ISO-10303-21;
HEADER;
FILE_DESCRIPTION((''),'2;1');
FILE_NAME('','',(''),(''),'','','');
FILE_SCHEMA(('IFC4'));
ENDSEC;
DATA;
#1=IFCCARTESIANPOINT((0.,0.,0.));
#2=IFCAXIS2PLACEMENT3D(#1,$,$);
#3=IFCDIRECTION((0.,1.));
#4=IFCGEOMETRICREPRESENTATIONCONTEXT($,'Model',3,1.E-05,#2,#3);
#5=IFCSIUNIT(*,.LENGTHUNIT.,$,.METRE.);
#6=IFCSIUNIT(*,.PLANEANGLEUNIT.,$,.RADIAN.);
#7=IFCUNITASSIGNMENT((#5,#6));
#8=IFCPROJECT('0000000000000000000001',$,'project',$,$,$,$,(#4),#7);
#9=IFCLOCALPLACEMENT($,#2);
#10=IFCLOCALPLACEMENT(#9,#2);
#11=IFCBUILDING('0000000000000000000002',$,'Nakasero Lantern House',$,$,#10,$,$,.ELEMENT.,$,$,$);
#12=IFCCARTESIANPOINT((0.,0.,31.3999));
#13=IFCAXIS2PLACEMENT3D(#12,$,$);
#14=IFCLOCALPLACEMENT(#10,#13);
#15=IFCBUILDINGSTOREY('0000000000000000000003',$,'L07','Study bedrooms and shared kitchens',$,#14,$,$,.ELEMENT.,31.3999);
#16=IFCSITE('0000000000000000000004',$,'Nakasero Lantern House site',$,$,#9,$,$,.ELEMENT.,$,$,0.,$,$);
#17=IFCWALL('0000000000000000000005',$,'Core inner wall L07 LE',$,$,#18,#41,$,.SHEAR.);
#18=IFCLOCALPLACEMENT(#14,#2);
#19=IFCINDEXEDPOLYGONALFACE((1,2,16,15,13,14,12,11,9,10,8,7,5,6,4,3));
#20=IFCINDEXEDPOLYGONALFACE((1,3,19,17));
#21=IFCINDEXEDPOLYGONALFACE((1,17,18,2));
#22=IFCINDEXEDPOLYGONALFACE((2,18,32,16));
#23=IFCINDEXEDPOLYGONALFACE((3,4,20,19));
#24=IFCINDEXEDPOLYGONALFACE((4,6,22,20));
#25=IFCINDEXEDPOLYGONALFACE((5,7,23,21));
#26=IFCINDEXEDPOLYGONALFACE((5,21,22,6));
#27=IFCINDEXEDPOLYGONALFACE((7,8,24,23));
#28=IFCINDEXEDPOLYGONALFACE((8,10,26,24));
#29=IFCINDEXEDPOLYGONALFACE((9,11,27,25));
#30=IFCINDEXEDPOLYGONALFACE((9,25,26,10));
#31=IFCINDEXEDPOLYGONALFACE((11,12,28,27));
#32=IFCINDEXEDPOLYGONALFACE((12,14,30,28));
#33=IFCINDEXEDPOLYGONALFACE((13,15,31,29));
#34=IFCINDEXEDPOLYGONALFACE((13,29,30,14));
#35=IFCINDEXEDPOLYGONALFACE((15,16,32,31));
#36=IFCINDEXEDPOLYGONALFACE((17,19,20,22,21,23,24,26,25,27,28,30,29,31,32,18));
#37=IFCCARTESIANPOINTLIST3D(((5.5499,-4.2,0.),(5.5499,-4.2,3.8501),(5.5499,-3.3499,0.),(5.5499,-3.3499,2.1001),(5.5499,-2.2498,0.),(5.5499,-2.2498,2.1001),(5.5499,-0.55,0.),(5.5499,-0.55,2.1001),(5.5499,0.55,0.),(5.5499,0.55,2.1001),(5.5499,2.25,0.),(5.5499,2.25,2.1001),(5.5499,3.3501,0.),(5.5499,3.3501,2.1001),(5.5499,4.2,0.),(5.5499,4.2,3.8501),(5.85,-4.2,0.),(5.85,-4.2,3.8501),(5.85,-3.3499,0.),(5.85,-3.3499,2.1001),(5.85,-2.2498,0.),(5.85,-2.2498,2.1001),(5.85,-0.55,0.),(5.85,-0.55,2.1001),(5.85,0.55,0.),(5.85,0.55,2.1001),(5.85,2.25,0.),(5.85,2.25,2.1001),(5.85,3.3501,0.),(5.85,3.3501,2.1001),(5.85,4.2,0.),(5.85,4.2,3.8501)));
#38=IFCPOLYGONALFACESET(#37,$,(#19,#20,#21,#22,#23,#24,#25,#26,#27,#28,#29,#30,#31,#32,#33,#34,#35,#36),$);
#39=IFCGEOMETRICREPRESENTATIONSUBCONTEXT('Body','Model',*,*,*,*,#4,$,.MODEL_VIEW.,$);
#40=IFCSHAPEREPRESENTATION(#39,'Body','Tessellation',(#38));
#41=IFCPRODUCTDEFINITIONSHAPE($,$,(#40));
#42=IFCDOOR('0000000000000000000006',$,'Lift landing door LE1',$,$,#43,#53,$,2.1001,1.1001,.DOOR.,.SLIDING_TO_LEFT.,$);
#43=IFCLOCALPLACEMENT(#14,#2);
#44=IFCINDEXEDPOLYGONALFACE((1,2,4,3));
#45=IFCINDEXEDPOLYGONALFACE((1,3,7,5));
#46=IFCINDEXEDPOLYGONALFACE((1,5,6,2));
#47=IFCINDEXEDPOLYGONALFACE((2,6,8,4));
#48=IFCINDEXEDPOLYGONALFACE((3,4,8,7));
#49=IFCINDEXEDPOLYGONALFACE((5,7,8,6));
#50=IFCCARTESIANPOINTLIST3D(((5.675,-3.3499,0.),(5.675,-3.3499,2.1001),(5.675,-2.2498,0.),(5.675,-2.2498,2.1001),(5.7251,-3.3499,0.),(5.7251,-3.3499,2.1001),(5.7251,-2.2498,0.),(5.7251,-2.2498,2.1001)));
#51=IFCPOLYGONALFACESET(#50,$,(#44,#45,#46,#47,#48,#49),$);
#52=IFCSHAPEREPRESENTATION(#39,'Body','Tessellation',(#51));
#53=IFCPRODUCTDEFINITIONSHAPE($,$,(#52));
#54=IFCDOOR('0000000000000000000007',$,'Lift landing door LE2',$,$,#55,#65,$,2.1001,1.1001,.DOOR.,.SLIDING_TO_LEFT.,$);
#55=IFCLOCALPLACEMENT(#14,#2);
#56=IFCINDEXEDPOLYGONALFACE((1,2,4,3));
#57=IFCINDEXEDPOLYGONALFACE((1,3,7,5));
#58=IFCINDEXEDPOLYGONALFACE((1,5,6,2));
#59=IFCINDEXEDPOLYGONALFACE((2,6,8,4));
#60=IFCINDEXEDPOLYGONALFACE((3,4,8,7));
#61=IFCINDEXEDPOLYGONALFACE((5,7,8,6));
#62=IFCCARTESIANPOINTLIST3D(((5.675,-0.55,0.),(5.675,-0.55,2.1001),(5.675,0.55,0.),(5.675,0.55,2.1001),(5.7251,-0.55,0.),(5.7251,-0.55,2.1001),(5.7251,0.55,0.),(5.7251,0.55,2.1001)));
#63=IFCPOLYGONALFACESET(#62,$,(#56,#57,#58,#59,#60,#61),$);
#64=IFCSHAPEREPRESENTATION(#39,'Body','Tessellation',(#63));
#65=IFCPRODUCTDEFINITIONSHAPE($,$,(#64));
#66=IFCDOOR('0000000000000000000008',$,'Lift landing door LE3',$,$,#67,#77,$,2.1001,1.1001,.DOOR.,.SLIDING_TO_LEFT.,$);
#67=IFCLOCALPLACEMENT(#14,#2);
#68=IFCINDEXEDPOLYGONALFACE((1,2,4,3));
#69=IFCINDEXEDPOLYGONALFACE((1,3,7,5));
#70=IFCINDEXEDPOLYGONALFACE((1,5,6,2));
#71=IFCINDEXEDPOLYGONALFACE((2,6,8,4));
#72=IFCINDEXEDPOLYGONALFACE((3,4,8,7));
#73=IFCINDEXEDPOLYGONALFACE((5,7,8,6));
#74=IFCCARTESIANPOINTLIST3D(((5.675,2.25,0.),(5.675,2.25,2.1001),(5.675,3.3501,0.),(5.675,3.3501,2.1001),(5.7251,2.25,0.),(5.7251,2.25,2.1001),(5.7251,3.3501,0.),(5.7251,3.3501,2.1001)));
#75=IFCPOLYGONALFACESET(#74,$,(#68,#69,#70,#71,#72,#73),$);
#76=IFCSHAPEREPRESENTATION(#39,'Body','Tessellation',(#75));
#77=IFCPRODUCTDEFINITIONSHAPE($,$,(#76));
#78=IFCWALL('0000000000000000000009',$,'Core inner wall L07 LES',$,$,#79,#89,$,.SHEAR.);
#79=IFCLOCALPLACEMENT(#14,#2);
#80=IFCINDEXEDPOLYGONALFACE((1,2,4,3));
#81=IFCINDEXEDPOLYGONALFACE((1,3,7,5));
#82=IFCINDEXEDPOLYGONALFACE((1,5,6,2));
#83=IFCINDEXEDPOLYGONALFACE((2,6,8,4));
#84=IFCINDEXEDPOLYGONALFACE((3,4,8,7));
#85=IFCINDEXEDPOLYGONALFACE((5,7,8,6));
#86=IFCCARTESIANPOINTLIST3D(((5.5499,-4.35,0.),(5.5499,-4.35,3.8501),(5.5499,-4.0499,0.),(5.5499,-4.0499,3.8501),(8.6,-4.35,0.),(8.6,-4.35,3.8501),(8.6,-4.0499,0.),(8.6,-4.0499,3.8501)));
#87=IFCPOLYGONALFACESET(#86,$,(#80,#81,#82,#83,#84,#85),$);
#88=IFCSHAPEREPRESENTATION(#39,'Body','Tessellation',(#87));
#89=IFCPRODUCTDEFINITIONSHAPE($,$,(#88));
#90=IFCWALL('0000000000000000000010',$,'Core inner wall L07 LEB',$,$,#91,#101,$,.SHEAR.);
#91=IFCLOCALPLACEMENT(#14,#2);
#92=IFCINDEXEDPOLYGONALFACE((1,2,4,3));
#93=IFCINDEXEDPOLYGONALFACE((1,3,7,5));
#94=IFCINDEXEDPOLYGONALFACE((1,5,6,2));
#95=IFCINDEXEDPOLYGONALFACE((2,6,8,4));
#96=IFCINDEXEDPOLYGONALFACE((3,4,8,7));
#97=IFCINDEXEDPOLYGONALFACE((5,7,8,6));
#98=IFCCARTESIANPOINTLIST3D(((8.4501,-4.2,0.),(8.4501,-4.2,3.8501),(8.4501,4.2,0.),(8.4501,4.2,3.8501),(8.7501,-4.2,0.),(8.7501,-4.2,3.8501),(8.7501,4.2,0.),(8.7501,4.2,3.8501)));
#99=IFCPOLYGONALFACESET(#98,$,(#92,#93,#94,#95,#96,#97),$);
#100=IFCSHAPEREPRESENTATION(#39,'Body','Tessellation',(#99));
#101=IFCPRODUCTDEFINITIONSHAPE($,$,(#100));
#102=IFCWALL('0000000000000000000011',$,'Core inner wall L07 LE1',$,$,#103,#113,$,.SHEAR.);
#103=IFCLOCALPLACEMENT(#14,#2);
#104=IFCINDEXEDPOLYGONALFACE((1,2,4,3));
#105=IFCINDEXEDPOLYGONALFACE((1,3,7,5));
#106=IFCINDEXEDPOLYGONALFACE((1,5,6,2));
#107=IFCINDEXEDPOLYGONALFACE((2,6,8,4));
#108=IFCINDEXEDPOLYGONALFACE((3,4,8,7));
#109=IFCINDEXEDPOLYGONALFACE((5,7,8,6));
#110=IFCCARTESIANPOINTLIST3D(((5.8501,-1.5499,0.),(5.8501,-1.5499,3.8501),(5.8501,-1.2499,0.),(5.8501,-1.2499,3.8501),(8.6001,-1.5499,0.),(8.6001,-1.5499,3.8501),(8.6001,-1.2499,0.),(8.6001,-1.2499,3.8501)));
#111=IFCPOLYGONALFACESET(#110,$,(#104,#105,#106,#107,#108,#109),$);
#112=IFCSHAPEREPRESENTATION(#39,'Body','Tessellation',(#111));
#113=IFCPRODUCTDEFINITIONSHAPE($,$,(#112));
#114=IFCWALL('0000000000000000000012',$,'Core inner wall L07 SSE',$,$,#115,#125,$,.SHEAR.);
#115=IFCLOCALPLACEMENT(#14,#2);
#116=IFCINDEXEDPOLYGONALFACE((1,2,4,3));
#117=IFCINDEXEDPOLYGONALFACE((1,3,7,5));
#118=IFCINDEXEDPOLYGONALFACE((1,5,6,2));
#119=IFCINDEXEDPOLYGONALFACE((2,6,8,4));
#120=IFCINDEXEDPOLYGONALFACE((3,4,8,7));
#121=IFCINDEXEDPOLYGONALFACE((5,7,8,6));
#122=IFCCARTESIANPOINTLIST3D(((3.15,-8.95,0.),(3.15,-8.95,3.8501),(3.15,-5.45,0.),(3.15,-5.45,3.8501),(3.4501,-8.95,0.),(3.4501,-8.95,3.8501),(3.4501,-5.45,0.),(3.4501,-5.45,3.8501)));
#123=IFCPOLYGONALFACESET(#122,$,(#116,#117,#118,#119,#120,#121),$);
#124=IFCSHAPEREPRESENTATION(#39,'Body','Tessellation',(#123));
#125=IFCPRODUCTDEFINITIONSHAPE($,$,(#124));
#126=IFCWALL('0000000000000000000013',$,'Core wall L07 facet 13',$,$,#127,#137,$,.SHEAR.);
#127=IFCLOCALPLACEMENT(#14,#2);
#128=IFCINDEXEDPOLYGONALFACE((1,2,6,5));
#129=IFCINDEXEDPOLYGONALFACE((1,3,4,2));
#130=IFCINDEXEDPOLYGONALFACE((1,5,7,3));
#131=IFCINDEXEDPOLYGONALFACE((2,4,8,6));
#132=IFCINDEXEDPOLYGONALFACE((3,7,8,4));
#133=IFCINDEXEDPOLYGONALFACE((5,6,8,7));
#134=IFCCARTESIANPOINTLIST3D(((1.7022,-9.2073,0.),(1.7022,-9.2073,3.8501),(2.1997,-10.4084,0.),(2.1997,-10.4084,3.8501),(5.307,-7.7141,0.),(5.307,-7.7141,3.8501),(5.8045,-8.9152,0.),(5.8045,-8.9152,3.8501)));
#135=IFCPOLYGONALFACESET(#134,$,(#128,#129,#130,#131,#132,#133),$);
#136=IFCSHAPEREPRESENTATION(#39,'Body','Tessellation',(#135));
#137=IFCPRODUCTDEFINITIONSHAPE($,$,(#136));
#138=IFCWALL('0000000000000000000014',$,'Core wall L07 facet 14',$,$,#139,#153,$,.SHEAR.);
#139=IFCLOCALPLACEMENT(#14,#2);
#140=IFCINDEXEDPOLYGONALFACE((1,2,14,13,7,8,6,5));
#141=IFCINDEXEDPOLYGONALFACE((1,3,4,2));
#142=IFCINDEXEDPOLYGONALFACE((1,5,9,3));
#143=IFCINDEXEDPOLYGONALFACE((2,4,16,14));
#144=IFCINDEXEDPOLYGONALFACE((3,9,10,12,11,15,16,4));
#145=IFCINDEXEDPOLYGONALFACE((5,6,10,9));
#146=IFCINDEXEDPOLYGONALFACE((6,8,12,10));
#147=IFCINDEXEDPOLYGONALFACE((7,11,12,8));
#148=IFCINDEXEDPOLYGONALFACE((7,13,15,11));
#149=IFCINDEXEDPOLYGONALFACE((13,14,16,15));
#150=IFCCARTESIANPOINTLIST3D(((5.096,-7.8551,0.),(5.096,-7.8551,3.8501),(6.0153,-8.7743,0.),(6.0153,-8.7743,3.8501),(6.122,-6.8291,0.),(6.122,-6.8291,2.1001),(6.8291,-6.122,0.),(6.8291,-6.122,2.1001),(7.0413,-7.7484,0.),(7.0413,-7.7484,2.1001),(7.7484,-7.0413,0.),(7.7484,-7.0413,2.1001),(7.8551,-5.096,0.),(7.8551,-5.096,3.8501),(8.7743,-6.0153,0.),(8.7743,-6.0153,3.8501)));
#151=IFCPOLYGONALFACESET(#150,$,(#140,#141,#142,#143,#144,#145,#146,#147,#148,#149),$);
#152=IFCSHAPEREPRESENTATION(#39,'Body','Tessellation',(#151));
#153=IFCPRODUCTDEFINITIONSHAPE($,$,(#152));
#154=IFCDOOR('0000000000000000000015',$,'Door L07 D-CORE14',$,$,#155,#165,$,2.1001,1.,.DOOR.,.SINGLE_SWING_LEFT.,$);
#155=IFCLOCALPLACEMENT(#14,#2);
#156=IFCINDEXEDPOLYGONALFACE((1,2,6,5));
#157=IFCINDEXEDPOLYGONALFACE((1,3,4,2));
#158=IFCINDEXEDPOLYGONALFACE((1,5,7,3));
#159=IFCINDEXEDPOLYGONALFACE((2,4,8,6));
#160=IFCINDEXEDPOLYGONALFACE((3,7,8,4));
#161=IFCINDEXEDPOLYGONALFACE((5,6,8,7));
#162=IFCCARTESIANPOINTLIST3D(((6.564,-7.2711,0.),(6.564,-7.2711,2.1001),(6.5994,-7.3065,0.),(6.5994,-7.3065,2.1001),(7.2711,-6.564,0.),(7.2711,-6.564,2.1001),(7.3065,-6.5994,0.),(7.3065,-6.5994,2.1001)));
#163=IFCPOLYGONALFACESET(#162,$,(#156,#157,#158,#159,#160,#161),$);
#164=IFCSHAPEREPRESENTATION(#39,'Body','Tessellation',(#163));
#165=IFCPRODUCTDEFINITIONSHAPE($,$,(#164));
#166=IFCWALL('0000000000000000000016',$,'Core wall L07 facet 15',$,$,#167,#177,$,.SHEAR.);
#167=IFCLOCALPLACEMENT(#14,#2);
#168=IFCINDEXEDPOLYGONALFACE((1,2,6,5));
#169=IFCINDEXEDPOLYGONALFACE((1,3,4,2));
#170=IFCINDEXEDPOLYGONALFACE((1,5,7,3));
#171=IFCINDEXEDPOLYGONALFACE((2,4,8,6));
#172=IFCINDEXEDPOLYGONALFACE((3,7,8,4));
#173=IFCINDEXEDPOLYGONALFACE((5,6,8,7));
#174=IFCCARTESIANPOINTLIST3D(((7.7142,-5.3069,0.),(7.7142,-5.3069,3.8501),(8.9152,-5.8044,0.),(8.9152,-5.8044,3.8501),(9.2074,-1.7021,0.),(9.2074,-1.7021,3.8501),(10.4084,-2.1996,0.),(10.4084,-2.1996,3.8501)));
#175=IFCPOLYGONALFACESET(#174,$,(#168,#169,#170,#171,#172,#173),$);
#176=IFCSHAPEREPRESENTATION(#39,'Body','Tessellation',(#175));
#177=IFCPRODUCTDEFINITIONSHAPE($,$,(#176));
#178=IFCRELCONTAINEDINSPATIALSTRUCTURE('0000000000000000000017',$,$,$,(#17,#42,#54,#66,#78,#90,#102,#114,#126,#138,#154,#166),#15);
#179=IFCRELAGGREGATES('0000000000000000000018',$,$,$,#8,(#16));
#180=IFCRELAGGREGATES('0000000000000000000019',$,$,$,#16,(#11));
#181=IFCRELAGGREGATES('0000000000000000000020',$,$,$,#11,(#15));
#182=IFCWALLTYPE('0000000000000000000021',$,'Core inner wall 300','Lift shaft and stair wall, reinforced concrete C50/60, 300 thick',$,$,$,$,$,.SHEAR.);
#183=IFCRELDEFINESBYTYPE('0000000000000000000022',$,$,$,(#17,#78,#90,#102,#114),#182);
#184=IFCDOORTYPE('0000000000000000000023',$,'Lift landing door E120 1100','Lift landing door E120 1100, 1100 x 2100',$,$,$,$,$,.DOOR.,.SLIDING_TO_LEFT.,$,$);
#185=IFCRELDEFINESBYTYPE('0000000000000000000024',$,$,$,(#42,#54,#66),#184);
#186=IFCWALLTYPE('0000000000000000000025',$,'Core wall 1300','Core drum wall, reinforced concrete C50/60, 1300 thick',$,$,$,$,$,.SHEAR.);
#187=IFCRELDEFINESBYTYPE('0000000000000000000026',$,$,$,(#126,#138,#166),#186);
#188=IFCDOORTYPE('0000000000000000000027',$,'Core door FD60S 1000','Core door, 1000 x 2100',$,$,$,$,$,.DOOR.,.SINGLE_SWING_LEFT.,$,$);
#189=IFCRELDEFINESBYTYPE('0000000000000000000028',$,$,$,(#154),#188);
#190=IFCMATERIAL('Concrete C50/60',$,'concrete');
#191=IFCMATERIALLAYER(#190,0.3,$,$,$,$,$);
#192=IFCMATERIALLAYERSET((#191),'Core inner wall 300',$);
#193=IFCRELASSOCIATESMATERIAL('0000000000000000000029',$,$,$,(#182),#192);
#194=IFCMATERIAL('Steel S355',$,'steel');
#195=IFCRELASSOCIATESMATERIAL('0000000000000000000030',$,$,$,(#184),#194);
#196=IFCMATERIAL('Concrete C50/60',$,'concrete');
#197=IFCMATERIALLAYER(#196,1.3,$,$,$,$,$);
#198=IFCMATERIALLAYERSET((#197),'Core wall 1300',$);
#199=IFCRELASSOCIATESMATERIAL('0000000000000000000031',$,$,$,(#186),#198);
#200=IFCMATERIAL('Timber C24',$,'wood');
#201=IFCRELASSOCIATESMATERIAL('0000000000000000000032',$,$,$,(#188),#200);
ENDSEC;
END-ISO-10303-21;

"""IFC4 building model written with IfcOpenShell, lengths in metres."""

from ifc_helpers import new_model, si_unit, direction, frame, frame_2d, origin, place, context, subcontext, project, spatial, rectangle, extrude, material, layer, layer_set, type_object, element, fill, save


model = new_model("IFC4")

# Units and contexts
model_context = context("Model", 3, precision=1e-05, world=origin(), true_north=direction((0.0, 1.0)))
body_context = subcontext(model_context, "Body", "Model", "MODEL_VIEW")
ifc_project = project(units=[si_unit("LENGTHUNIT", "METRE"), si_unit("PLANEANGLEUNIT", "RADIAN")], contexts=[model_context])

# Site, building, storey
site_placement = place(None, origin())
site = spatial("IfcSite", under=ifc_project, at=site_placement, Name="Nakasero Lantern House site", CompositionType="ELEMENT", RefElevation=0.0)
building_placement = place(site_placement, origin())
building = spatial("IfcBuilding", under=site, at=building_placement, Name="Nakasero Lantern House", CompositionType="ELEMENT")
storey_placement = place(building_placement, frame((0.0, 0.0, 31.3999)))
storey = spatial("IfcBuildingStorey", under=building, at=storey_placement, Name="L07", Description="Study bedrooms and shared kitchens", CompositionType="ELEMENT", Elevation=31.3999)

# Wall, openings, doors
ifc_material_1 = material(Name="Concrete C50/60", Category="concrete")
ifc_layer_1 = layer(ifc_material_1, 0.3)
ifc_layer_set_1 = layer_set([ifc_layer_1], Name="Core inner wall 300")
wall_type_1 = type_object("IfcWallType", Name="Core inner wall 300", Description="Lift shaft and stair wall, reinforced concrete C50/60, 300 thick", PredefinedType="SHEAR", material=ifc_layer_set_1)
wall_1_placement = place(storey_placement, frame((5.7, -4.2, 0.0), z_axis=(0.0, 0.0, 1.0), x_axis=(0.0, 1.0, 0.0)))
wall_1 = element("IfcWall", 1, at=wall_1_placement, inside=storey, type_object=wall_type_1, Name="Core inner wall L07 LE", PredefinedType="SHEAR", context=body_context, shape_type="SweptSolid", body=[
    extrude(rectangle(XDim=8.3999, YDim=0.3, at=frame_2d((4.2, 0.0))), origin(), (0.0, 0.0, 1.0), 3.8501),
])
opening_1_placement = place(wall_1_placement, frame((0.8501, 0.0, 0.0)))
opening_1 = element("IfcOpeningElement", 2, at=opening_1_placement, cuts=wall_1, PredefinedType="OPENING", context=body_context, shape_type="SweptSolid", body=[
    extrude(rectangle(XDim=1.1001, YDim=2.1001, at=frame_2d((0.55, 1.05))), frame((0.0, 0.1699, 0.0), z_axis=(0.0, -1.0, 0.0), x_axis=(1.0, 0.0, 0.0)), (0.0, 0.0, 1.0), 0.3401),
])
opening_2_placement = place(wall_1_placement, frame((3.6499, 0.0, 0.0)))
opening_2 = element("IfcOpeningElement", 3, at=opening_2_placement, cuts=wall_1, PredefinedType="OPENING", context=body_context, shape_type="SweptSolid", body=[
    extrude(rectangle(XDim=1.1001, YDim=2.1001, at=frame_2d((0.55, 1.05))), frame((0.0, 0.1699, 0.0), z_axis=(0.0, -1.0, 0.0), x_axis=(1.0, 0.0, 0.0)), (0.0, 0.0, 1.0), 0.3401),
])
opening_3_placement = place(wall_1_placement, frame((6.45, 0.0, 0.0)))
opening_3 = element("IfcOpeningElement", 4, at=opening_3_placement, cuts=wall_1, PredefinedType="OPENING", context=body_context, shape_type="SweptSolid", body=[
    extrude(rectangle(XDim=1.1001, YDim=2.1001, at=frame_2d((0.55, 1.05))), frame((0.0, 0.1699, 0.0), z_axis=(0.0, -1.0, 0.0), x_axis=(1.0, 0.0, 0.0)), (0.0, 0.0, 1.0), 0.3401),
])
ifc_material_2 = material(Name="Steel S355", Category="steel")
door_type_1 = type_object("IfcDoorType", Name="Lift landing door E120 1100", Description="Lift landing door E120 1100, 1100 x 2100", OperationType="SLIDING_TO_LEFT", PredefinedType="DOOR", material=ifc_material_2)
door_1_placement = place(opening_1_placement, origin())
door_1 = element("IfcDoor", 5, at=door_1_placement, inside=storey, type_object=door_type_1, Name="Lift landing door LE1", OperationType="SLIDING_TO_LEFT", OverallHeight=2.1001, OverallWidth=1.1001, PredefinedType="DOOR", context=body_context, shape_type="SweptSolid", body=[
    extrude(rectangle(XDim=1.1001, YDim=2.1001, at=frame_2d((0.55, 1.05))), frame((0.0, 0.0249, 0.0), z_axis=(0.0, -1.0, 0.0), x_axis=(1.0, 0.0, 0.0)), (0.0, 0.0, 1.0), 0.05),
])
fill(opening_1, door_1)
door_2_placement = place(opening_2_placement, origin())
door_2 = element("IfcDoor", 6, at=door_2_placement, inside=storey, type_object=door_type_1, Name="Lift landing door LE2", OperationType="SLIDING_TO_LEFT", OverallHeight=2.1001, OverallWidth=1.1001, PredefinedType="DOOR", context=body_context, shape_type="SweptSolid", body=[
    extrude(rectangle(XDim=1.1001, YDim=2.1001, at=frame_2d((0.55, 1.05))), frame((0.0, 0.0249, 0.0), z_axis=(0.0, -1.0, 0.0), x_axis=(1.0, 0.0, 0.0)), (0.0, 0.0, 1.0), 0.05),
])
fill(opening_2, door_2)
door_3_placement = place(opening_3_placement, origin())
door_3 = element("IfcDoor", 7, at=door_3_placement, inside=storey, type_object=door_type_1, Name="Lift landing door LE3", OperationType="SLIDING_TO_LEFT", OverallHeight=2.1001, OverallWidth=1.1001, PredefinedType="DOOR", context=body_context, shape_type="SweptSolid", body=[
    extrude(rectangle(XDim=1.1001, YDim=2.1001, at=frame_2d((0.55, 1.05))), frame((0.0, 0.0249, 0.0), z_axis=(0.0, -1.0, 0.0), x_axis=(1.0, 0.0, 0.0)), (0.0, 0.0, 1.0), 0.05),
])
fill(opening_3, door_3)

# Walls
wall_2_placement = place(storey_placement, frame((5.55, -4.2, 0.0), z_axis=(0.0, 0.0, 1.0), x_axis=(1.0, 0.0, 0.0)))
element("IfcWall", 8, at=wall_2_placement, inside=storey, type_object=wall_type_1, Name="Core inner wall L07 LES", PredefinedType="SHEAR", context=body_context, shape_type="SweptSolid", body=[
    extrude(rectangle(XDim=3.05, YDim=0.3, at=frame_2d((1.5249, 0.0))), origin(), (0.0, 0.0, 1.0), 3.8501),
])
wall_3_placement = place(storey_placement, frame((8.6001, -4.2, 0.0), z_axis=(0.0, 0.0, 1.0), x_axis=(0.0, 1.0, 0.0)))
element("IfcWall", 9, at=wall_3_placement, inside=storey, type_object=wall_type_1, Name="Core inner wall L07 LEB", PredefinedType="SHEAR", context=body_context, shape_type="SweptSolid", body=[
    extrude(rectangle(XDim=8.3999, YDim=0.3, at=frame_2d((4.2, 0.0))), origin(), (0.0, 0.0, 1.0), 3.8501),
])
wall_4_placement = place(storey_placement, frame((5.8501, -1.3999, 0.0), z_axis=(0.0, 0.0, 1.0), x_axis=(1.0, 0.0, 0.0)))
element("IfcWall", 10, at=wall_4_placement, inside=storey, type_object=wall_type_1, Name="Core inner wall L07 LE1", PredefinedType="SHEAR", context=body_context, shape_type="SweptSolid", body=[
    extrude(rectangle(XDim=2.75, YDim=0.3, at=frame_2d((1.375, 0.0))), origin(), (0.0, 0.0, 1.0), 3.8501),
])
wall_5_placement = place(storey_placement, frame((3.3, -5.45, 0.0), z_axis=(0.0, 0.0, 1.0), x_axis=(0.0, -1.0, 0.0)))
element("IfcWall", 11, at=wall_5_placement, inside=storey, type_object=wall_type_1, Name="Core inner wall L07 SSE", PredefinedType="SHEAR", context=body_context, shape_type="SweptSolid", body=[
    extrude(rectangle(XDim=3.5, YDim=0.3, at=frame_2d((1.75, 0.0))), origin(), (0.0, 0.0, 1.0), 3.8501),
])
ifc_material_3 = material(Name="Concrete C50/60", Category="concrete")
ifc_layer_2 = layer(ifc_material_3, 1.3)
ifc_layer_set_2 = layer_set([ifc_layer_2], Name="Core wall 1300")
wall_type_2 = type_object("IfcWallType", Name="Core wall 1300", Description="Core drum wall, reinforced concrete C50/60, 1300 thick", PredefinedType="SHEAR", material=ifc_layer_set_2)
wall_6_placement = place(storey_placement, frame((1.9509, -9.8079, 0.0), z_axis=(0.0, 0.0, 1.0), x_axis=(0.923877, 0.382691, 0.0)))
element("IfcWall", 12, at=wall_6_placement, inside=storey, type_object=wall_type_2, Name="Core wall L07 facet 13", PredefinedType="SHEAR", context=body_context, shape_type="SweptSolid", body=[
    extrude(rectangle(XDim=3.9019, YDim=1.3, at=frame_2d((1.9509, 0.0))), origin(), (0.0, 0.0, 1.0), 3.8501),
])

# Wall, opening, door
wall_7_placement = place(storey_placement, frame((5.5557, -8.3147, 0.0), z_axis=(0.0, 0.0, 1.0), x_axis=(0.707107, 0.707107, 0.0)))
wall_7 = element("IfcWall", 13, at=wall_7_placement, inside=storey, type_object=wall_type_2, Name="Core wall L07 facet 14", PredefinedType="SHEAR", context=body_context, shape_type="SweptSolid", body=[
    extrude(rectangle(XDim=3.9019, YDim=1.3, at=frame_2d((1.9509, 0.0))), origin(), (0.0, 0.0, 1.0), 3.8501),
])
opening_4_placement = place(wall_7_placement, frame((1.4509, 0.0, 0.0)))
opening_4 = element("IfcOpeningElement", 14, at=opening_4_placement, cuts=wall_7, PredefinedType="OPENING", context=body_context, shape_type="SweptSolid", body=[
    extrude(rectangle(XDim=1.0, YDim=2.1001, at=frame_2d((0.5, 1.05))), frame((0.0, 0.6699, 0.0), z_axis=(0.0, -1.0, 0.0), x_axis=(1.0, 0.0, 0.0)), (0.0, 0.0, 1.0), 1.3401),
])
ifc_material_4 = material(Name="Timber C24", Category="wood")
door_type_2 = type_object("IfcDoorType", Name="Core door FD60S 1000", Description="Core door, 1000 x 2100", OperationType="SINGLE_SWING_LEFT", PredefinedType="DOOR", material=ifc_material_4)
door_4_placement = place(opening_4_placement, origin())
door_4 = element("IfcDoor", 15, at=door_4_placement, inside=storey, type_object=door_type_2, Name="Door L07 D-CORE14", OperationType="SINGLE_SWING_LEFT", OverallHeight=2.1001, OverallWidth=1.0, PredefinedType="DOOR", context=body_context, shape_type="SweptSolid", body=[
    extrude(rectangle(XDim=1.0, YDim=2.1001, at=frame_2d((0.5, 1.05))), frame((0.0, 0.0249, 0.0), z_axis=(0.0, -1.0, 0.0), x_axis=(1.0, 0.0, 0.0)), (0.0, 0.0, 1.0), 0.05),
])
fill(opening_4, door_4)

# Wall
for number, where, z_axis, x_axis, name in (
    (16, (8.3147, -5.5557, 0.0), (0.0, 0.0, 1.0), (0.382691, 0.923877, 0.0), "Core wall L07 facet 15"),
):
    element("IfcWall", number, at=place(storey_placement, frame(where, z_axis=z_axis, x_axis=x_axis)), inside=storey, type_object=wall_type_2, Name=name, PredefinedType="SHEAR", context=body_context, shape_type="SweptSolid", body=[
        extrude(rectangle(XDim=3.9019, YDim=1.3, at=frame_2d((1.9509, 0.0))), origin(), (0.0, 0.0, 1.0), 3.8501),
    ])

save(model, "model.ifc")
